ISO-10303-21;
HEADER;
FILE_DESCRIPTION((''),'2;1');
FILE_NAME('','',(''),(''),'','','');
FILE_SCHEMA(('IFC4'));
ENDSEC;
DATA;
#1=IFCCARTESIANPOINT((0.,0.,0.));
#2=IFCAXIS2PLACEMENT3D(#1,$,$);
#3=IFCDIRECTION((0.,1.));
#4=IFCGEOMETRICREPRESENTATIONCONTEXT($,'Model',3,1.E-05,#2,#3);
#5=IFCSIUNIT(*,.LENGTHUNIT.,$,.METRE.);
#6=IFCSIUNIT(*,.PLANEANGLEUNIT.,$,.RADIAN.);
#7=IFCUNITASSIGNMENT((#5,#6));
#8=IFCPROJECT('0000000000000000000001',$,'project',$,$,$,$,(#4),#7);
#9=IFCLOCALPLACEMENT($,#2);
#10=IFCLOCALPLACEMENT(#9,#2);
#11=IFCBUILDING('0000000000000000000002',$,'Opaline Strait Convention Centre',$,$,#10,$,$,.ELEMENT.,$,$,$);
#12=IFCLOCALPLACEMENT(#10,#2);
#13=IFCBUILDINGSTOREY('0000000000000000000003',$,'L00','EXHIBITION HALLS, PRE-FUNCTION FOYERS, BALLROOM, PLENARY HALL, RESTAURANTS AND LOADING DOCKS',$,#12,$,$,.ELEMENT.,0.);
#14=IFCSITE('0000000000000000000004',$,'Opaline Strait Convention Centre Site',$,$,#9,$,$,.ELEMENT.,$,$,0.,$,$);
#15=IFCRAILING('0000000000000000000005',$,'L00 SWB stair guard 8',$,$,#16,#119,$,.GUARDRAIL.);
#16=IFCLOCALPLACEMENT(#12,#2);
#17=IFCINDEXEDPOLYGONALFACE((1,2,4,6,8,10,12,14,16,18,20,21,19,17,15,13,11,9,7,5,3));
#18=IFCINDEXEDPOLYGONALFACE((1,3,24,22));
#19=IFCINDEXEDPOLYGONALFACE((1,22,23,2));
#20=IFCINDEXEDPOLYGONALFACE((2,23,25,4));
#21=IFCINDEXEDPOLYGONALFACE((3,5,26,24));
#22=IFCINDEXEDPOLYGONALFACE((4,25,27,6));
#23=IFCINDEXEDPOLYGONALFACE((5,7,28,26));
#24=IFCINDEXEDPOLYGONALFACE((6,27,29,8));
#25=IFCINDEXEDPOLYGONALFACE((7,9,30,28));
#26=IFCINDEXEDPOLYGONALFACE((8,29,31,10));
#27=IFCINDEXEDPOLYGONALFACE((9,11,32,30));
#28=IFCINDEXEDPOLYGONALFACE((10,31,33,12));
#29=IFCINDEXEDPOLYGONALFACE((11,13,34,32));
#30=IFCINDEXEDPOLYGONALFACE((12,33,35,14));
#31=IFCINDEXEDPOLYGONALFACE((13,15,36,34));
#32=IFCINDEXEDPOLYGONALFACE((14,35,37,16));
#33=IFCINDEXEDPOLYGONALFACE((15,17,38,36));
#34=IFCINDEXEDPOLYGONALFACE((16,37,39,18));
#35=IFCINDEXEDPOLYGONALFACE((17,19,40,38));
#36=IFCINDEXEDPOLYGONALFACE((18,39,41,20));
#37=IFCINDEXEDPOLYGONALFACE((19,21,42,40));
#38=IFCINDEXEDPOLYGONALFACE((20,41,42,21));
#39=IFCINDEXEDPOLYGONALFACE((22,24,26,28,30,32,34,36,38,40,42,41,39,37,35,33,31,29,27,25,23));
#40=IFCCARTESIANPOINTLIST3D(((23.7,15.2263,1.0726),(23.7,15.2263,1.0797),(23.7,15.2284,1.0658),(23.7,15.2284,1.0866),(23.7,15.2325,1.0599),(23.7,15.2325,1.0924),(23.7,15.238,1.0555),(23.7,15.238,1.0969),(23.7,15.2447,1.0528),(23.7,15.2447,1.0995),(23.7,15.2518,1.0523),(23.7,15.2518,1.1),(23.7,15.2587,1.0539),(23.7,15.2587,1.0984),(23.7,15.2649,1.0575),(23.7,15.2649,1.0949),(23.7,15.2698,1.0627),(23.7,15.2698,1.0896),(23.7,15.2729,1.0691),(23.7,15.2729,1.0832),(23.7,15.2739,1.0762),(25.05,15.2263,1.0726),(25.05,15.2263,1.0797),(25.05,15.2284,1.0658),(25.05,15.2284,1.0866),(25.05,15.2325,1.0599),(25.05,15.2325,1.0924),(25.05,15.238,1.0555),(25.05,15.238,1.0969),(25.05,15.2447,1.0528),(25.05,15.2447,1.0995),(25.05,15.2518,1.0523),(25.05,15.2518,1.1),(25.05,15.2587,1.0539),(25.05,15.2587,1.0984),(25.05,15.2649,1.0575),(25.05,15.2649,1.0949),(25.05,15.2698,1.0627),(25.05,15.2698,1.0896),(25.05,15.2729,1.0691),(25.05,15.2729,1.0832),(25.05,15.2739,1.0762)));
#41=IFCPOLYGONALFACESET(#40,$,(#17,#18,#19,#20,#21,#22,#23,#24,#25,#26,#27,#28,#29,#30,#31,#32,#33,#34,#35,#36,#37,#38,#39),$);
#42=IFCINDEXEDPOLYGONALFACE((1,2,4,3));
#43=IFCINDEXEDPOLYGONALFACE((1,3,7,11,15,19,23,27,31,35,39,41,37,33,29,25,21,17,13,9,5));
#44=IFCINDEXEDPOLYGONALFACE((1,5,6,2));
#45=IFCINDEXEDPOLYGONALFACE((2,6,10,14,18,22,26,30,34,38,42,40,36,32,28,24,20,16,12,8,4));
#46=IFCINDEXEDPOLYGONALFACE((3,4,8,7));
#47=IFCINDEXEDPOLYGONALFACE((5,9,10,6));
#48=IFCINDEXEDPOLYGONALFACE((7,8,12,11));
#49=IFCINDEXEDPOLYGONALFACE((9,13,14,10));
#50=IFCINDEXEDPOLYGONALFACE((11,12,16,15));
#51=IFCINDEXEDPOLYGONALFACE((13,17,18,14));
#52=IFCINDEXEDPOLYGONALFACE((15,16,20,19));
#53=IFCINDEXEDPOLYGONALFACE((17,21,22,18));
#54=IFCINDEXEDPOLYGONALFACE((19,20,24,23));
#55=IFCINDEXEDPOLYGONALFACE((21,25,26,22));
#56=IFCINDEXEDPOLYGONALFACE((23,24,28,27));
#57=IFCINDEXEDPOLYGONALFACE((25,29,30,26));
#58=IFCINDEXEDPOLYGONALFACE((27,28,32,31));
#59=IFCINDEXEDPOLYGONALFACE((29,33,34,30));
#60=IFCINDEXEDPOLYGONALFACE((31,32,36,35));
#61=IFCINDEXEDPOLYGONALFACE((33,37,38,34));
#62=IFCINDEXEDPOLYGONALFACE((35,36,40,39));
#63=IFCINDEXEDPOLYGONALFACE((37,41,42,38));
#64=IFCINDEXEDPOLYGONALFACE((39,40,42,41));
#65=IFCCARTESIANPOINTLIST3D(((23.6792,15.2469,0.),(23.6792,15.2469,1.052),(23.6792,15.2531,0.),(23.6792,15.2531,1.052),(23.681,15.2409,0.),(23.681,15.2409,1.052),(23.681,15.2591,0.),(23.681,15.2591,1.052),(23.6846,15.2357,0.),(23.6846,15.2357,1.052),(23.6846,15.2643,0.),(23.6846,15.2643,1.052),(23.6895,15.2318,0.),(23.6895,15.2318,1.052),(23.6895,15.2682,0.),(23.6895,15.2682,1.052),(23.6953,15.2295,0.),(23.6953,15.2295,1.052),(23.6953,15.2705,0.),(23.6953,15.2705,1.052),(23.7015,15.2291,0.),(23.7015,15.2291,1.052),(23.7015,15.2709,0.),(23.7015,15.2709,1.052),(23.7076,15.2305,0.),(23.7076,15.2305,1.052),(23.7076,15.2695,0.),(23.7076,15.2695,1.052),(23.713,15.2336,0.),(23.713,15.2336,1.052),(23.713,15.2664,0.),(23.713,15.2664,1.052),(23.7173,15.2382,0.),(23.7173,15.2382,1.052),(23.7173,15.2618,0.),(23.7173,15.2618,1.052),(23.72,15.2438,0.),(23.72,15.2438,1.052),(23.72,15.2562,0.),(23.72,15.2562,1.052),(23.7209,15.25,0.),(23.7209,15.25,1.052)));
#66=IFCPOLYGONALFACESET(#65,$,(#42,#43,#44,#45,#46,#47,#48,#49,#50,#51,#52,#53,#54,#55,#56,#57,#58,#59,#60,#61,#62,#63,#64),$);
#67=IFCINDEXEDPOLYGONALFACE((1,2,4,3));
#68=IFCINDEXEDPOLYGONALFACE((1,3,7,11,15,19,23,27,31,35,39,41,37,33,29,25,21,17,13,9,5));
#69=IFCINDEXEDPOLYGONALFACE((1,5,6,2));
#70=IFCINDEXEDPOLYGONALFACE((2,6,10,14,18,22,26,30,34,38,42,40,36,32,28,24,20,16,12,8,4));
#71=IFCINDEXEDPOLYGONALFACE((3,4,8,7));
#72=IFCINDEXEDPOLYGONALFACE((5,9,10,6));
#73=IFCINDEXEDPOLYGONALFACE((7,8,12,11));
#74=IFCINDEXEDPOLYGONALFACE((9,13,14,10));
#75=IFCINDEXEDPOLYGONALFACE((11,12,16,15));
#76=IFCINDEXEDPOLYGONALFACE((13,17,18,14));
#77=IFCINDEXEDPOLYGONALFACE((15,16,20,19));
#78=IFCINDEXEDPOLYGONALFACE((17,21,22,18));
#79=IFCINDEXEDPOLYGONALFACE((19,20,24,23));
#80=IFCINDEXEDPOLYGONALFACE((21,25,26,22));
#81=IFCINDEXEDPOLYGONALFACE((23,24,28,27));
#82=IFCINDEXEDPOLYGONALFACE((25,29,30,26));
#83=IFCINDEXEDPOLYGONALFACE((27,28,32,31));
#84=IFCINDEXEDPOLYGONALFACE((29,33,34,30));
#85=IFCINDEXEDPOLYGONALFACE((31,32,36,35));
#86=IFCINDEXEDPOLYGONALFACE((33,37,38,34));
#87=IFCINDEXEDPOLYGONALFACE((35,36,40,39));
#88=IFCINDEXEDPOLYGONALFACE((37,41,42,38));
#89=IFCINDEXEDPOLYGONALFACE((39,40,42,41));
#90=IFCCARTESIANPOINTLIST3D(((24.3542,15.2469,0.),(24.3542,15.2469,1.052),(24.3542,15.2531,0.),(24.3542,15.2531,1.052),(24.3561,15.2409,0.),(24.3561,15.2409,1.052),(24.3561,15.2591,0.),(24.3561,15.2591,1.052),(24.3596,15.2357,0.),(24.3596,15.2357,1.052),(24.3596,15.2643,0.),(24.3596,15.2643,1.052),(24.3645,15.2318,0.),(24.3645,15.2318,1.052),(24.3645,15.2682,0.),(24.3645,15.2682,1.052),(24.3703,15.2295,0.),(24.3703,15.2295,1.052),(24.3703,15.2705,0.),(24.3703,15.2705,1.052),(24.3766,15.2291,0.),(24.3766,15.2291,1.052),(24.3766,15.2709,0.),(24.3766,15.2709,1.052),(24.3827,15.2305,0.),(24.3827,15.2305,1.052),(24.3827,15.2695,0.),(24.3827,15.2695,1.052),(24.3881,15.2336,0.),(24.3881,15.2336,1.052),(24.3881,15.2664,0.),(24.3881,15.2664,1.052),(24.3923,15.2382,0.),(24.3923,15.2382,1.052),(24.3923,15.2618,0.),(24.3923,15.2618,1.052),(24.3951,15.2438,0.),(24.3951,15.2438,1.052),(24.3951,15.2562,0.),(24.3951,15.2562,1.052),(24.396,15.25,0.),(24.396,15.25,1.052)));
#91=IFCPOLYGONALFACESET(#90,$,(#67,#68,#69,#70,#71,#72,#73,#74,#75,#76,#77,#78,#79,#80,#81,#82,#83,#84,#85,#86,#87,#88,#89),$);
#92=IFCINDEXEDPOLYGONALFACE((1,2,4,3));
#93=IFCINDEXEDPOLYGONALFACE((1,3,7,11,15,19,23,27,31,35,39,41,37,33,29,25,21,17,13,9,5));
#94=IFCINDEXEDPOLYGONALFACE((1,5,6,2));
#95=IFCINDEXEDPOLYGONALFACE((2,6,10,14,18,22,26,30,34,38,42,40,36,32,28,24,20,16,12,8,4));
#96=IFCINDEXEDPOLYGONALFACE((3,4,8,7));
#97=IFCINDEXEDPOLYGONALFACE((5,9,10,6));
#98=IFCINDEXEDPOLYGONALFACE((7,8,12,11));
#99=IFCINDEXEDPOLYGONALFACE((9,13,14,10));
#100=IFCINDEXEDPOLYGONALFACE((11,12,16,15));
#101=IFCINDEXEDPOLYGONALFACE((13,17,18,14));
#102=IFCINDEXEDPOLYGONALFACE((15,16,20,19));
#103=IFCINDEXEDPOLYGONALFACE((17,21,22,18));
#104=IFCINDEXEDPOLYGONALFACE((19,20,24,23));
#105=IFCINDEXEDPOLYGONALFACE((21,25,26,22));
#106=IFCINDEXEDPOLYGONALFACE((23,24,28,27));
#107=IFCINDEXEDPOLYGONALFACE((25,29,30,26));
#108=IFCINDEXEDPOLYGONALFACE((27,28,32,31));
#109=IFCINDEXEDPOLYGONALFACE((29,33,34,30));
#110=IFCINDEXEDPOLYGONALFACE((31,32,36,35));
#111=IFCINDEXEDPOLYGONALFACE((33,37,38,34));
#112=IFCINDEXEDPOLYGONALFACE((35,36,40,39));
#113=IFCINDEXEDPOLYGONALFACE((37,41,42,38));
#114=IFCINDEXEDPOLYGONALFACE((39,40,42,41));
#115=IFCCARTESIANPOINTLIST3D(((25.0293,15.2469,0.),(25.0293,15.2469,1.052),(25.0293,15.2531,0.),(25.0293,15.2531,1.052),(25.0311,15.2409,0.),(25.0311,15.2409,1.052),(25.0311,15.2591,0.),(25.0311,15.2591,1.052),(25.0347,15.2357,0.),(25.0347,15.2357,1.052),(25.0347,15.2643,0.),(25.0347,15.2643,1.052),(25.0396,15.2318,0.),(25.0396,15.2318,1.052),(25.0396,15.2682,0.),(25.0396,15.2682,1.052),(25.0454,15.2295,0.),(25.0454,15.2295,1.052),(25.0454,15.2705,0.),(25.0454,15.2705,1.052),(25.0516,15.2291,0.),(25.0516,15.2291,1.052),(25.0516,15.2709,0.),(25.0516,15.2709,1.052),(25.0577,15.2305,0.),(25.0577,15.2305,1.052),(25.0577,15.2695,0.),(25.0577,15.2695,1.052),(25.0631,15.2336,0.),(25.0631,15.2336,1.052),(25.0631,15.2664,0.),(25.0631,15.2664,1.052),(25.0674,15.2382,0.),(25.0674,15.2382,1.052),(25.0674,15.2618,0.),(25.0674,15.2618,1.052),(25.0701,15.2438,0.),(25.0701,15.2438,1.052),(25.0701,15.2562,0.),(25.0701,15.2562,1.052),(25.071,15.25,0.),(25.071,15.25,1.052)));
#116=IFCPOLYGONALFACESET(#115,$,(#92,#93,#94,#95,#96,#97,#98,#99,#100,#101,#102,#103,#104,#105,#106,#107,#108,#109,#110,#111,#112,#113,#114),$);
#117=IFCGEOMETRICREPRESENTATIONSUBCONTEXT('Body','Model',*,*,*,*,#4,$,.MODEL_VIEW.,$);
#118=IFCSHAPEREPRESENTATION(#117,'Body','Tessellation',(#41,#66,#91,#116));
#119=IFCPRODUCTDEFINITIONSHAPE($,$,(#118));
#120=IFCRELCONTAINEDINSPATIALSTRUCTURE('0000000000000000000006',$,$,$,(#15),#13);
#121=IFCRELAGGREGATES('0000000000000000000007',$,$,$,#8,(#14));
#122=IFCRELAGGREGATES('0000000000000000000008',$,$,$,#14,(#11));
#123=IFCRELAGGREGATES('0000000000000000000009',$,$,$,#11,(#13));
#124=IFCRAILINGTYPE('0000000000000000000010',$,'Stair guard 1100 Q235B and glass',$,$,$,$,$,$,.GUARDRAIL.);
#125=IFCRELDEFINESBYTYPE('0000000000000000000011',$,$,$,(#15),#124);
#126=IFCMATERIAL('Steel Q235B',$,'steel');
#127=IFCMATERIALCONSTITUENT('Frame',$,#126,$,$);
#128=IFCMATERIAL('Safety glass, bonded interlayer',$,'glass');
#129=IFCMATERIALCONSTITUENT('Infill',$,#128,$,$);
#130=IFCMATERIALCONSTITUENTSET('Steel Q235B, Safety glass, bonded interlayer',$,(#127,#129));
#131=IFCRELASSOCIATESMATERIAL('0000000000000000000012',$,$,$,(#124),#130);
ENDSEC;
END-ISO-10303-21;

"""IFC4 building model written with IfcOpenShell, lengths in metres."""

from ifc_helpers import new_model, si_unit, direction, frame, origin, origin_2d, place, context, subcontext, project, spatial, circle, extrude, material, constituent, constituent_set, type_object, element, save


model = new_model("IFC4")

# Units and contexts
model_context = context("Model", 3, precision=1e-05, world=origin(), true_north=direction((0.0, 1.0)))
body_context = subcontext(model_context, "Body", "Model", "MODEL_VIEW")
ifc_project = project(units=[si_unit("LENGTHUNIT", "METRE"), si_unit("PLANEANGLEUNIT", "RADIAN")], contexts=[model_context])

# Site, building, storey
site_placement = place(None, origin())
site = spatial("IfcSite", under=ifc_project, at=site_placement, Name="Opaline Strait Convention Centre Site", CompositionType="ELEMENT", RefElevation=0.0)
building_placement = place(site_placement, origin())
building = spatial("IfcBuilding", under=site, at=building_placement, Name="Opaline Strait Convention Centre", CompositionType="ELEMENT")
storey_placement = place(building_placement, origin())
storey = spatial("IfcBuildingStorey", under=building, at=storey_placement, Name="L00", Description="EXHIBITION HALLS, PRE-FUNCTION FOYERS, BALLROOM, PLENARY HALL, RESTAURANTS AND LOADING DOCKS", CompositionType="ELEMENT", Elevation=0.0)

# Railing
ifc_material_1 = material(Name="Steel Q235B", Category="steel")
ifc_constituent_1 = constituent(ifc_material_1, Name="Frame")
ifc_material_2 = material(Name="Safety glass, bonded interlayer", Category="glass")
ifc_constituent_2 = constituent(ifc_material_2, Name="Infill")
ifc_constituent_set = constituent_set(constituents=[ifc_constituent_1, ifc_constituent_2], Name="Steel Q235B, Safety glass, bonded interlayer")
railing_type_1 = type_object("IfcRailingType", Name="Stair guard 1100 Q235B and glass", PredefinedType="GUARDRAIL", material=ifc_constituent_set)
railing_placement = place(storey_placement, frame((23.7, 15.25, 0.0)))
element("IfcRailing", 1, at=railing_placement, inside=storey, type_object=railing_type_1, Name="L00 SWB stair guard 8", PredefinedType="GUARDRAIL", context=body_context, shape_type="SweptSolid", body=[
    extrude(circle(Radius=0.0239, at=origin_2d()), frame((0.0, 0.0, 1.0762), z_axis=(1.0, 0.0, 0.0), x_axis=(0.0, 1.0, 0.0)), (0.0, 0.0, 1.0), 1.3501),
    extrude(circle(Radius=0.021, at=origin_2d()), origin(), (0.0, 0.0, 1.0), 1.052),
    extrude(circle(Radius=0.021, at=origin_2d()), frame((0.675, 0.0, 0.0)), (0.0, 0.0, 1.0), 1.052),
    extrude(circle(Radius=0.021, at=origin_2d()), frame((1.3501, 0.0, 0.0)), (0.0, 0.0, 1.0), 1.052),
])

save(model, "model.ifc")
